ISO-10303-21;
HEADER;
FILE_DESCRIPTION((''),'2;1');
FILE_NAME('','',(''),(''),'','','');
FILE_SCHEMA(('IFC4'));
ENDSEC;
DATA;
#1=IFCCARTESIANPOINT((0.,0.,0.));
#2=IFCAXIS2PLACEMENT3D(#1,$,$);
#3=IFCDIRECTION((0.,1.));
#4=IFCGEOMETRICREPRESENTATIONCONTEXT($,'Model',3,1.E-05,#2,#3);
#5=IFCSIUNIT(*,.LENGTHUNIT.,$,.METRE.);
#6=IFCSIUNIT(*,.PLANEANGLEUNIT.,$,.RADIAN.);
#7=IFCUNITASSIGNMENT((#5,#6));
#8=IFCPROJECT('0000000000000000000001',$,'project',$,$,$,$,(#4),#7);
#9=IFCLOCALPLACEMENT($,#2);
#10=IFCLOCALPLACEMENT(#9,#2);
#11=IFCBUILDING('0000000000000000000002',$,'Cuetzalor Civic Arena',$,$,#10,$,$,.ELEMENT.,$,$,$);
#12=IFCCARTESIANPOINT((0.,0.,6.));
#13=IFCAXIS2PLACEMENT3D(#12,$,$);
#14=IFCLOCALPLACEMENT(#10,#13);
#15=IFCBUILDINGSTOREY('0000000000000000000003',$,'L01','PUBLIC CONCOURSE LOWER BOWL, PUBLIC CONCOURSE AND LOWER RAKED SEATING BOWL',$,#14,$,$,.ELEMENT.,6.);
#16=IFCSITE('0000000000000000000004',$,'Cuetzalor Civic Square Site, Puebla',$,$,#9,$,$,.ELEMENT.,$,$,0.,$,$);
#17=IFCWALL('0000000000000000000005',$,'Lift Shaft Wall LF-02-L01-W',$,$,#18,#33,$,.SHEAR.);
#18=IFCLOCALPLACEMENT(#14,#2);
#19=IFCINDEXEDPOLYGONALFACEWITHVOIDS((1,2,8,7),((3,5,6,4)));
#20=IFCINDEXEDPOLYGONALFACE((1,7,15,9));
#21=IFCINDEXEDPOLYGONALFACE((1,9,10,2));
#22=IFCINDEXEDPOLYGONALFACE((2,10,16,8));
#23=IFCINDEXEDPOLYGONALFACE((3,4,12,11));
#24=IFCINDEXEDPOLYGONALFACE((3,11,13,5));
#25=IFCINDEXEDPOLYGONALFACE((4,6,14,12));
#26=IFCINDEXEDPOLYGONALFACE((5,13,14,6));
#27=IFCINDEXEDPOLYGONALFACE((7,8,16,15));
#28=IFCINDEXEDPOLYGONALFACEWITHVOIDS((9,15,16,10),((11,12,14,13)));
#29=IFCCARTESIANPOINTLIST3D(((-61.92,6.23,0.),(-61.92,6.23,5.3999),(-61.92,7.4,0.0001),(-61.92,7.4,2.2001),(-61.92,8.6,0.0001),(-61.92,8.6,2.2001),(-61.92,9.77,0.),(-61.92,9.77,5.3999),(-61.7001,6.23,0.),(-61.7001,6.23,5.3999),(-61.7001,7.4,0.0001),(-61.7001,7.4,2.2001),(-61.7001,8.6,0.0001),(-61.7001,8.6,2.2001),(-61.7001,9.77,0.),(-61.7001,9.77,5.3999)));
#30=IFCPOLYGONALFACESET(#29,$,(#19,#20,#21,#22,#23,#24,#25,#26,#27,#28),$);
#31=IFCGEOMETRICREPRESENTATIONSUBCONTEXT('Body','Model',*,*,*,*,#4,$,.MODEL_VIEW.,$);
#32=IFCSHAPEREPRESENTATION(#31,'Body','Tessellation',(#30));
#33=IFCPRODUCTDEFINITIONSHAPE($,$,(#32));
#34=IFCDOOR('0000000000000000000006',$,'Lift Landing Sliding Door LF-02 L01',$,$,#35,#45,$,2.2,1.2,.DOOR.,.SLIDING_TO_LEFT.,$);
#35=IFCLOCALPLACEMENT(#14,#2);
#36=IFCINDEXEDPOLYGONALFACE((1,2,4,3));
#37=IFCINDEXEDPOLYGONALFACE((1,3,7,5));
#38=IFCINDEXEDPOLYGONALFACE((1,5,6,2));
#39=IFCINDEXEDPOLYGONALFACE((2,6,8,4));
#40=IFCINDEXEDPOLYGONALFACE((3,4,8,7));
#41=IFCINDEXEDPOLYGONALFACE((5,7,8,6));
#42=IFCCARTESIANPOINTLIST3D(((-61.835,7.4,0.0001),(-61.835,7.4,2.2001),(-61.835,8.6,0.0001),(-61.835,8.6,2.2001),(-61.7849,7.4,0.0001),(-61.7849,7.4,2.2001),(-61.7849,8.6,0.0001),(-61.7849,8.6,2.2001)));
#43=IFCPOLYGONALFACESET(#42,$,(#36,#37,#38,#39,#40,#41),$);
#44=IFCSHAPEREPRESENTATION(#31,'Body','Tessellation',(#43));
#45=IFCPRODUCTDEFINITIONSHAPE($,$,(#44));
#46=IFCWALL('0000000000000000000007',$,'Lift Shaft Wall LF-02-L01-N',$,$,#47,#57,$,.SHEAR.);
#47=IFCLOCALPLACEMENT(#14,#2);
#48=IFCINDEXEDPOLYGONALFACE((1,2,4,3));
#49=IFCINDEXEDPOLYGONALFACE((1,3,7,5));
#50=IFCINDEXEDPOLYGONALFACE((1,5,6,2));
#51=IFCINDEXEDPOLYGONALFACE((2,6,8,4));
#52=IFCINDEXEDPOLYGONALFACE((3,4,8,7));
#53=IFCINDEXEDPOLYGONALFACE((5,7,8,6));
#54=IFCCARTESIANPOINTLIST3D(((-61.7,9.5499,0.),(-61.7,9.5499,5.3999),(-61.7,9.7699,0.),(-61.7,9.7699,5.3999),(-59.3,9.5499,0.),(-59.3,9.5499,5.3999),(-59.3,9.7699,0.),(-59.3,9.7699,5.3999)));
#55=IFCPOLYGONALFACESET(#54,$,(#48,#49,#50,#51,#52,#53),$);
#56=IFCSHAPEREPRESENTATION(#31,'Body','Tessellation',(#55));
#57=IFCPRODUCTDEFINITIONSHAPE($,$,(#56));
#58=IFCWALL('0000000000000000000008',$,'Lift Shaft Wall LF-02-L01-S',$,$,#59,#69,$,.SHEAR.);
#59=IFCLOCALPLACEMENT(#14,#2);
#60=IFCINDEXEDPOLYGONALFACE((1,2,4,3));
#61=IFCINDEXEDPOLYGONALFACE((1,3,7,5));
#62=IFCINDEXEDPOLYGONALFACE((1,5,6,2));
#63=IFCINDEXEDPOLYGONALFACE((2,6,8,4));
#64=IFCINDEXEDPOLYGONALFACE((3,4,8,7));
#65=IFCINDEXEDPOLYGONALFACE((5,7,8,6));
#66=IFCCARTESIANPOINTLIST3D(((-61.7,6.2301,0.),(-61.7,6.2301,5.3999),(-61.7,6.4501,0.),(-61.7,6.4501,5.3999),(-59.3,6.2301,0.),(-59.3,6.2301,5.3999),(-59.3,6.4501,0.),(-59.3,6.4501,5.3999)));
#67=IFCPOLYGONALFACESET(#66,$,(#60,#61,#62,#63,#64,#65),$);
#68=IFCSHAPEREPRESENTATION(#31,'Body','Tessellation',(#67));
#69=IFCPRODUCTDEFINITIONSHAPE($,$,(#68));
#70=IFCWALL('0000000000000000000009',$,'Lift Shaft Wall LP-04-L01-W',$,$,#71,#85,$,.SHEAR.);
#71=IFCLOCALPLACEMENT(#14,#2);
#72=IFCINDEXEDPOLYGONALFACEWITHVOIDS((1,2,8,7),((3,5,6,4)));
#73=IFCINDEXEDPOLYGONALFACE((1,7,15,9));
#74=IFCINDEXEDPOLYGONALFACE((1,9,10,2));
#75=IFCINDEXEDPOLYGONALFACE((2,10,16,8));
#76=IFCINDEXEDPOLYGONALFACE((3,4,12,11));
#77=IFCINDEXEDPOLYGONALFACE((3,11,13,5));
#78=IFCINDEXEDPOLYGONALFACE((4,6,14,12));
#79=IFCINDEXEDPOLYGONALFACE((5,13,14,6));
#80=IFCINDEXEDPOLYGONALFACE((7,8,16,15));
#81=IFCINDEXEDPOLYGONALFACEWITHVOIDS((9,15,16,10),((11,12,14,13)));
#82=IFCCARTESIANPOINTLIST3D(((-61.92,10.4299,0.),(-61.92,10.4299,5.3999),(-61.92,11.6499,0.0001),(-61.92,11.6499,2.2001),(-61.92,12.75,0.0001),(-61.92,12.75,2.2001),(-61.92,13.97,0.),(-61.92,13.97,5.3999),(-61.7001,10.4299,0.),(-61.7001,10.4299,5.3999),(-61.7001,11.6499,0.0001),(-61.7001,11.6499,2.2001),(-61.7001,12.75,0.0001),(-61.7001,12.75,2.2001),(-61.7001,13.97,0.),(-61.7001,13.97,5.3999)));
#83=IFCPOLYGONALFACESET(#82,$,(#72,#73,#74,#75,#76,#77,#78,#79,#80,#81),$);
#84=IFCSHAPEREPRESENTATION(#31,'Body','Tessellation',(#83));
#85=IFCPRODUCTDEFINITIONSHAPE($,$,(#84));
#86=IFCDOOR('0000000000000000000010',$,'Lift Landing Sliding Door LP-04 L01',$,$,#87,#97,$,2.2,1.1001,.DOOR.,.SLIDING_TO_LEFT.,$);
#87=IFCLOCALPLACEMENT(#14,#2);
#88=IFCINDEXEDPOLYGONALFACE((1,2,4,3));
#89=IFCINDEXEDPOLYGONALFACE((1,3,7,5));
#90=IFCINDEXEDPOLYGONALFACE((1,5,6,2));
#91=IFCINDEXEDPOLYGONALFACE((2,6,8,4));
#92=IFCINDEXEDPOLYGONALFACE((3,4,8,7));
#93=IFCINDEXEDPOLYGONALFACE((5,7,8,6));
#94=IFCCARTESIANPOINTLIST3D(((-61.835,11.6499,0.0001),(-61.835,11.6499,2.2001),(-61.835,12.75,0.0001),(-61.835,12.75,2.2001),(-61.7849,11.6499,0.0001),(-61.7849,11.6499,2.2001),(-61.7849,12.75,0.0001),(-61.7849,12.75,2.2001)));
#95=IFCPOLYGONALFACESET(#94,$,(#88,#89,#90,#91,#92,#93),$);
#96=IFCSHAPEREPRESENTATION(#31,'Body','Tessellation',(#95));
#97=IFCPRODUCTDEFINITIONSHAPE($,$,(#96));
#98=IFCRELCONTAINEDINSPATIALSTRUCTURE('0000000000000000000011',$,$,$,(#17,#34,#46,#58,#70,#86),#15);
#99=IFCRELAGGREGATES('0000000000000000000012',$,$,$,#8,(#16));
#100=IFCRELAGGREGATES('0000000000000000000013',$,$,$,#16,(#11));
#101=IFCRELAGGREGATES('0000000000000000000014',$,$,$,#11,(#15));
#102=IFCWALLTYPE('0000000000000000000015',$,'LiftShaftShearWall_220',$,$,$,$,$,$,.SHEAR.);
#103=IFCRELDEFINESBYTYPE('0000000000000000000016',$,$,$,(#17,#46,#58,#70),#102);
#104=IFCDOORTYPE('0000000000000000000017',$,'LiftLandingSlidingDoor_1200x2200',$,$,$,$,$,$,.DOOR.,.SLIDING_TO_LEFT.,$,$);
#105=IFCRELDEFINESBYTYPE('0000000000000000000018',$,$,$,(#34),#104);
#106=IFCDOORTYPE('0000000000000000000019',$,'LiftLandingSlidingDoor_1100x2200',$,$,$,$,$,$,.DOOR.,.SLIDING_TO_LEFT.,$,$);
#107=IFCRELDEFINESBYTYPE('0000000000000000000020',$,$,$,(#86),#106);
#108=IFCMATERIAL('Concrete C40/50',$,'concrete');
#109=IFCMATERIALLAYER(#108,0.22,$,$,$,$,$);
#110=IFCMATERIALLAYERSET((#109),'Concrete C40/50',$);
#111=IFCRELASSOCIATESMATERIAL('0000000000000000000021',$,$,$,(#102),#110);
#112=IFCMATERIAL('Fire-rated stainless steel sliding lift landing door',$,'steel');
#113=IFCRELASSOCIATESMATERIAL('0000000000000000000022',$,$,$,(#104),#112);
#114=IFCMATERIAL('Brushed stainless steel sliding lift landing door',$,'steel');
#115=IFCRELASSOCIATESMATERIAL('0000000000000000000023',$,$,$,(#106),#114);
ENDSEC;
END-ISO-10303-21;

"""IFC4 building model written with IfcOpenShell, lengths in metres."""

from ifc_helpers import new_model, si_unit, direction, frame, frame_2d, origin, place, context, subcontext, project, spatial, rectangle, extrude, material, layer, layer_set, type_object, element, fill, save


model = new_model("IFC4")

# Units and contexts
model_context = context("Model", 3, precision=1e-05, world=origin(), true_north=direction((0.0, 1.0)))
body_context = subcontext(model_context, "Body", "Model", "MODEL_VIEW")
ifc_project = project(units=[si_unit("LENGTHUNIT", "METRE"), si_unit("PLANEANGLEUNIT", "RADIAN")], contexts=[model_context])

# Site, building, storey
site_placement = place(None, origin())
site = spatial("IfcSite", under=ifc_project, at=site_placement, Name="Cuetzalor Civic Square Site, Puebla", CompositionType="ELEMENT", RefElevation=0.0)
building_placement = place(site_placement, origin())
building = spatial("IfcBuilding", under=site, at=building_placement, Name="Cuetzalor Civic Arena", CompositionType="ELEMENT")
storey_placement = place(building_placement, frame((0.0, 0.0, 6.0)))
storey = spatial("IfcBuildingStorey", under=building, at=storey_placement, Name="L01", Description="PUBLIC CONCOURSE LOWER BOWL, PUBLIC CONCOURSE AND LOWER RAKED SEATING BOWL", CompositionType="ELEMENT", Elevation=6.0)

# Wall, opening, door
ifc_material_1 = material(Name="Concrete C40/50", Category="concrete")
ifc_layer_1 = layer(ifc_material_1, 0.22)
ifc_layer_set_1 = layer_set([ifc_layer_1], Name="Concrete C40/50")
wall_type_1 = type_object("IfcWallType", Name="LiftShaftShearWall_220", PredefinedType="SHEAR", material=ifc_layer_set_1)
wall_1_placement = place(storey_placement, frame((-61.8101, 6.23, 0.0), z_axis=(0.0, 0.0, 1.0), x_axis=(0.0, 1.0, 0.0)))
wall_1 = element("IfcWall", 1, at=wall_1_placement, inside=storey, type_object=wall_type_1, Name="Lift Shaft Wall LF-02-L01-W", PredefinedType="SHEAR", context=body_context, shape_type="SweptSolid", body=[
    extrude(rectangle(XDim=3.54, YDim=0.22, at=frame_2d((1.77, 0.0))), origin(), (0.0, 0.0, 1.0), 5.3999),
])
opening_1_placement = place(wall_1_placement, frame((1.1699, 0.0, 0.0)))
opening_1 = element("IfcOpeningElement", 2, at=opening_1_placement, cuts=wall_1, PredefinedType="OPENING", context=body_context, shape_type="SweptSolid", body=[
    extrude(rectangle(XDim=1.2, YDim=2.2, at=frame_2d((0.6001, 1.1001))), frame((0.0, 0.1201, 0.0), z_axis=(0.0, -1.0, 0.0), x_axis=(1.0, 0.0, 0.0)), (0.0, 0.0, 1.0), 0.24),
])
ifc_material_2 = material(Name="Fire-rated stainless steel sliding lift landing door", Category="steel")
door_type_1 = type_object("IfcDoorType", Name="LiftLandingSlidingDoor_1200x2200", OperationType="SLIDING_TO_LEFT", PredefinedType="DOOR", material=ifc_material_2)
door_1_placement = place(opening_1_placement, origin())
door_1 = element("IfcDoor", 3, at=door_1_placement, inside=storey, type_object=door_type_1, Name="Lift Landing Sliding Door LF-02 L01", OperationType="SLIDING_TO_LEFT", OverallHeight=2.2, OverallWidth=1.2, PredefinedType="DOOR", context=body_context, shape_type="SweptSolid", body=[
    extrude(rectangle(XDim=1.2, YDim=2.2, at=frame_2d((0.6001, 1.1001))), frame((0.0, 0.0249, 0.0), z_axis=(0.0, -1.0, 0.0), x_axis=(1.0, 0.0, 0.0)), (0.0, 0.0, 1.0), 0.05),
])
fill(opening_1, door_1)

# Walls
for number, where, z_axis, x_axis, name in (
    (4, (-61.7, 9.6599, 0.0), (0.0, 0.0, 1.0), (1.0, 0.0, 0.0), "Lift Shaft Wall LF-02-L01-N"),
    (5, (-59.3, 6.3401, 0.0), (0.0, 0.0, 1.0), (-1.0, 0.0, 0.0), "Lift Shaft Wall LF-02-L01-S"),
):
    element("IfcWall", number, at=place(storey_placement, frame(where, z_axis=z_axis, x_axis=x_axis)), inside=storey, type_object=wall_type_1, Name=name, PredefinedType="SHEAR", context=body_context, shape_type="SweptSolid", body=[
        extrude(rectangle(XDim=2.3999, YDim=0.22, at=frame_2d((1.2, 0.0))), origin(), (0.0, 0.0, 1.0), 5.3999),
    ])

# Wall, opening, door
wall_2_placement = place(storey_placement, frame((-61.8101, 10.4299, 0.0), z_axis=(0.0, 0.0, 1.0), x_axis=(0.0, 1.0, 0.0)))
wall_2 = element("IfcWall", 6, at=wall_2_placement, inside=storey, type_object=wall_type_1, Name="Lift Shaft Wall LP-04-L01-W", PredefinedType="SHEAR", context=body_context, shape_type="SweptSolid", body=[
    extrude(rectangle(XDim=3.54, YDim=0.22, at=frame_2d((1.77, 0.0))), origin(), (0.0, 0.0, 1.0), 5.3999),
])
opening_2_placement = place(wall_2_placement, frame((1.22, 0.0, 0.0)))
opening_2 = element("IfcOpeningElement", 7, at=opening_2_placement, cuts=wall_2, PredefinedType="OPENING", context=body_context, shape_type="SweptSolid", body=[
    extrude(rectangle(XDim=1.1001, YDim=2.2, at=frame_2d((0.55, 1.1001))), frame((0.0, 0.1201, 0.0), z_axis=(0.0, -1.0, 0.0), x_axis=(1.0, 0.0, 0.0)), (0.0, 0.0, 1.0), 0.24),
])
ifc_material_3 = material(Name="Brushed stainless steel sliding lift landing door", Category="steel")
door_type_2 = type_object("IfcDoorType", Name="LiftLandingSlidingDoor_1100x2200", OperationType="SLIDING_TO_LEFT", PredefinedType="DOOR", material=ifc_material_3)
door_2_placement = place(opening_2_placement, origin())
door_2 = element("IfcDoor", 8, at=door_2_placement, inside=storey, type_object=door_type_2, Name="Lift Landing Sliding Door LP-04 L01", OperationType="SLIDING_TO_LEFT", OverallHeight=2.2, OverallWidth=1.1001, PredefinedType="DOOR", context=body_context, shape_type="SweptSolid", body=[
    extrude(rectangle(XDim=1.1001, YDim=2.2, at=frame_2d((0.55, 1.1001))), frame((0.0, 0.0249, 0.0), z_axis=(0.0, -1.0, 0.0), x_axis=(1.0, 0.0, 0.0)), (0.0, 0.0, 1.0), 0.05),
])
fill(opening_2, door_2)

save(model, "model.ifc")
